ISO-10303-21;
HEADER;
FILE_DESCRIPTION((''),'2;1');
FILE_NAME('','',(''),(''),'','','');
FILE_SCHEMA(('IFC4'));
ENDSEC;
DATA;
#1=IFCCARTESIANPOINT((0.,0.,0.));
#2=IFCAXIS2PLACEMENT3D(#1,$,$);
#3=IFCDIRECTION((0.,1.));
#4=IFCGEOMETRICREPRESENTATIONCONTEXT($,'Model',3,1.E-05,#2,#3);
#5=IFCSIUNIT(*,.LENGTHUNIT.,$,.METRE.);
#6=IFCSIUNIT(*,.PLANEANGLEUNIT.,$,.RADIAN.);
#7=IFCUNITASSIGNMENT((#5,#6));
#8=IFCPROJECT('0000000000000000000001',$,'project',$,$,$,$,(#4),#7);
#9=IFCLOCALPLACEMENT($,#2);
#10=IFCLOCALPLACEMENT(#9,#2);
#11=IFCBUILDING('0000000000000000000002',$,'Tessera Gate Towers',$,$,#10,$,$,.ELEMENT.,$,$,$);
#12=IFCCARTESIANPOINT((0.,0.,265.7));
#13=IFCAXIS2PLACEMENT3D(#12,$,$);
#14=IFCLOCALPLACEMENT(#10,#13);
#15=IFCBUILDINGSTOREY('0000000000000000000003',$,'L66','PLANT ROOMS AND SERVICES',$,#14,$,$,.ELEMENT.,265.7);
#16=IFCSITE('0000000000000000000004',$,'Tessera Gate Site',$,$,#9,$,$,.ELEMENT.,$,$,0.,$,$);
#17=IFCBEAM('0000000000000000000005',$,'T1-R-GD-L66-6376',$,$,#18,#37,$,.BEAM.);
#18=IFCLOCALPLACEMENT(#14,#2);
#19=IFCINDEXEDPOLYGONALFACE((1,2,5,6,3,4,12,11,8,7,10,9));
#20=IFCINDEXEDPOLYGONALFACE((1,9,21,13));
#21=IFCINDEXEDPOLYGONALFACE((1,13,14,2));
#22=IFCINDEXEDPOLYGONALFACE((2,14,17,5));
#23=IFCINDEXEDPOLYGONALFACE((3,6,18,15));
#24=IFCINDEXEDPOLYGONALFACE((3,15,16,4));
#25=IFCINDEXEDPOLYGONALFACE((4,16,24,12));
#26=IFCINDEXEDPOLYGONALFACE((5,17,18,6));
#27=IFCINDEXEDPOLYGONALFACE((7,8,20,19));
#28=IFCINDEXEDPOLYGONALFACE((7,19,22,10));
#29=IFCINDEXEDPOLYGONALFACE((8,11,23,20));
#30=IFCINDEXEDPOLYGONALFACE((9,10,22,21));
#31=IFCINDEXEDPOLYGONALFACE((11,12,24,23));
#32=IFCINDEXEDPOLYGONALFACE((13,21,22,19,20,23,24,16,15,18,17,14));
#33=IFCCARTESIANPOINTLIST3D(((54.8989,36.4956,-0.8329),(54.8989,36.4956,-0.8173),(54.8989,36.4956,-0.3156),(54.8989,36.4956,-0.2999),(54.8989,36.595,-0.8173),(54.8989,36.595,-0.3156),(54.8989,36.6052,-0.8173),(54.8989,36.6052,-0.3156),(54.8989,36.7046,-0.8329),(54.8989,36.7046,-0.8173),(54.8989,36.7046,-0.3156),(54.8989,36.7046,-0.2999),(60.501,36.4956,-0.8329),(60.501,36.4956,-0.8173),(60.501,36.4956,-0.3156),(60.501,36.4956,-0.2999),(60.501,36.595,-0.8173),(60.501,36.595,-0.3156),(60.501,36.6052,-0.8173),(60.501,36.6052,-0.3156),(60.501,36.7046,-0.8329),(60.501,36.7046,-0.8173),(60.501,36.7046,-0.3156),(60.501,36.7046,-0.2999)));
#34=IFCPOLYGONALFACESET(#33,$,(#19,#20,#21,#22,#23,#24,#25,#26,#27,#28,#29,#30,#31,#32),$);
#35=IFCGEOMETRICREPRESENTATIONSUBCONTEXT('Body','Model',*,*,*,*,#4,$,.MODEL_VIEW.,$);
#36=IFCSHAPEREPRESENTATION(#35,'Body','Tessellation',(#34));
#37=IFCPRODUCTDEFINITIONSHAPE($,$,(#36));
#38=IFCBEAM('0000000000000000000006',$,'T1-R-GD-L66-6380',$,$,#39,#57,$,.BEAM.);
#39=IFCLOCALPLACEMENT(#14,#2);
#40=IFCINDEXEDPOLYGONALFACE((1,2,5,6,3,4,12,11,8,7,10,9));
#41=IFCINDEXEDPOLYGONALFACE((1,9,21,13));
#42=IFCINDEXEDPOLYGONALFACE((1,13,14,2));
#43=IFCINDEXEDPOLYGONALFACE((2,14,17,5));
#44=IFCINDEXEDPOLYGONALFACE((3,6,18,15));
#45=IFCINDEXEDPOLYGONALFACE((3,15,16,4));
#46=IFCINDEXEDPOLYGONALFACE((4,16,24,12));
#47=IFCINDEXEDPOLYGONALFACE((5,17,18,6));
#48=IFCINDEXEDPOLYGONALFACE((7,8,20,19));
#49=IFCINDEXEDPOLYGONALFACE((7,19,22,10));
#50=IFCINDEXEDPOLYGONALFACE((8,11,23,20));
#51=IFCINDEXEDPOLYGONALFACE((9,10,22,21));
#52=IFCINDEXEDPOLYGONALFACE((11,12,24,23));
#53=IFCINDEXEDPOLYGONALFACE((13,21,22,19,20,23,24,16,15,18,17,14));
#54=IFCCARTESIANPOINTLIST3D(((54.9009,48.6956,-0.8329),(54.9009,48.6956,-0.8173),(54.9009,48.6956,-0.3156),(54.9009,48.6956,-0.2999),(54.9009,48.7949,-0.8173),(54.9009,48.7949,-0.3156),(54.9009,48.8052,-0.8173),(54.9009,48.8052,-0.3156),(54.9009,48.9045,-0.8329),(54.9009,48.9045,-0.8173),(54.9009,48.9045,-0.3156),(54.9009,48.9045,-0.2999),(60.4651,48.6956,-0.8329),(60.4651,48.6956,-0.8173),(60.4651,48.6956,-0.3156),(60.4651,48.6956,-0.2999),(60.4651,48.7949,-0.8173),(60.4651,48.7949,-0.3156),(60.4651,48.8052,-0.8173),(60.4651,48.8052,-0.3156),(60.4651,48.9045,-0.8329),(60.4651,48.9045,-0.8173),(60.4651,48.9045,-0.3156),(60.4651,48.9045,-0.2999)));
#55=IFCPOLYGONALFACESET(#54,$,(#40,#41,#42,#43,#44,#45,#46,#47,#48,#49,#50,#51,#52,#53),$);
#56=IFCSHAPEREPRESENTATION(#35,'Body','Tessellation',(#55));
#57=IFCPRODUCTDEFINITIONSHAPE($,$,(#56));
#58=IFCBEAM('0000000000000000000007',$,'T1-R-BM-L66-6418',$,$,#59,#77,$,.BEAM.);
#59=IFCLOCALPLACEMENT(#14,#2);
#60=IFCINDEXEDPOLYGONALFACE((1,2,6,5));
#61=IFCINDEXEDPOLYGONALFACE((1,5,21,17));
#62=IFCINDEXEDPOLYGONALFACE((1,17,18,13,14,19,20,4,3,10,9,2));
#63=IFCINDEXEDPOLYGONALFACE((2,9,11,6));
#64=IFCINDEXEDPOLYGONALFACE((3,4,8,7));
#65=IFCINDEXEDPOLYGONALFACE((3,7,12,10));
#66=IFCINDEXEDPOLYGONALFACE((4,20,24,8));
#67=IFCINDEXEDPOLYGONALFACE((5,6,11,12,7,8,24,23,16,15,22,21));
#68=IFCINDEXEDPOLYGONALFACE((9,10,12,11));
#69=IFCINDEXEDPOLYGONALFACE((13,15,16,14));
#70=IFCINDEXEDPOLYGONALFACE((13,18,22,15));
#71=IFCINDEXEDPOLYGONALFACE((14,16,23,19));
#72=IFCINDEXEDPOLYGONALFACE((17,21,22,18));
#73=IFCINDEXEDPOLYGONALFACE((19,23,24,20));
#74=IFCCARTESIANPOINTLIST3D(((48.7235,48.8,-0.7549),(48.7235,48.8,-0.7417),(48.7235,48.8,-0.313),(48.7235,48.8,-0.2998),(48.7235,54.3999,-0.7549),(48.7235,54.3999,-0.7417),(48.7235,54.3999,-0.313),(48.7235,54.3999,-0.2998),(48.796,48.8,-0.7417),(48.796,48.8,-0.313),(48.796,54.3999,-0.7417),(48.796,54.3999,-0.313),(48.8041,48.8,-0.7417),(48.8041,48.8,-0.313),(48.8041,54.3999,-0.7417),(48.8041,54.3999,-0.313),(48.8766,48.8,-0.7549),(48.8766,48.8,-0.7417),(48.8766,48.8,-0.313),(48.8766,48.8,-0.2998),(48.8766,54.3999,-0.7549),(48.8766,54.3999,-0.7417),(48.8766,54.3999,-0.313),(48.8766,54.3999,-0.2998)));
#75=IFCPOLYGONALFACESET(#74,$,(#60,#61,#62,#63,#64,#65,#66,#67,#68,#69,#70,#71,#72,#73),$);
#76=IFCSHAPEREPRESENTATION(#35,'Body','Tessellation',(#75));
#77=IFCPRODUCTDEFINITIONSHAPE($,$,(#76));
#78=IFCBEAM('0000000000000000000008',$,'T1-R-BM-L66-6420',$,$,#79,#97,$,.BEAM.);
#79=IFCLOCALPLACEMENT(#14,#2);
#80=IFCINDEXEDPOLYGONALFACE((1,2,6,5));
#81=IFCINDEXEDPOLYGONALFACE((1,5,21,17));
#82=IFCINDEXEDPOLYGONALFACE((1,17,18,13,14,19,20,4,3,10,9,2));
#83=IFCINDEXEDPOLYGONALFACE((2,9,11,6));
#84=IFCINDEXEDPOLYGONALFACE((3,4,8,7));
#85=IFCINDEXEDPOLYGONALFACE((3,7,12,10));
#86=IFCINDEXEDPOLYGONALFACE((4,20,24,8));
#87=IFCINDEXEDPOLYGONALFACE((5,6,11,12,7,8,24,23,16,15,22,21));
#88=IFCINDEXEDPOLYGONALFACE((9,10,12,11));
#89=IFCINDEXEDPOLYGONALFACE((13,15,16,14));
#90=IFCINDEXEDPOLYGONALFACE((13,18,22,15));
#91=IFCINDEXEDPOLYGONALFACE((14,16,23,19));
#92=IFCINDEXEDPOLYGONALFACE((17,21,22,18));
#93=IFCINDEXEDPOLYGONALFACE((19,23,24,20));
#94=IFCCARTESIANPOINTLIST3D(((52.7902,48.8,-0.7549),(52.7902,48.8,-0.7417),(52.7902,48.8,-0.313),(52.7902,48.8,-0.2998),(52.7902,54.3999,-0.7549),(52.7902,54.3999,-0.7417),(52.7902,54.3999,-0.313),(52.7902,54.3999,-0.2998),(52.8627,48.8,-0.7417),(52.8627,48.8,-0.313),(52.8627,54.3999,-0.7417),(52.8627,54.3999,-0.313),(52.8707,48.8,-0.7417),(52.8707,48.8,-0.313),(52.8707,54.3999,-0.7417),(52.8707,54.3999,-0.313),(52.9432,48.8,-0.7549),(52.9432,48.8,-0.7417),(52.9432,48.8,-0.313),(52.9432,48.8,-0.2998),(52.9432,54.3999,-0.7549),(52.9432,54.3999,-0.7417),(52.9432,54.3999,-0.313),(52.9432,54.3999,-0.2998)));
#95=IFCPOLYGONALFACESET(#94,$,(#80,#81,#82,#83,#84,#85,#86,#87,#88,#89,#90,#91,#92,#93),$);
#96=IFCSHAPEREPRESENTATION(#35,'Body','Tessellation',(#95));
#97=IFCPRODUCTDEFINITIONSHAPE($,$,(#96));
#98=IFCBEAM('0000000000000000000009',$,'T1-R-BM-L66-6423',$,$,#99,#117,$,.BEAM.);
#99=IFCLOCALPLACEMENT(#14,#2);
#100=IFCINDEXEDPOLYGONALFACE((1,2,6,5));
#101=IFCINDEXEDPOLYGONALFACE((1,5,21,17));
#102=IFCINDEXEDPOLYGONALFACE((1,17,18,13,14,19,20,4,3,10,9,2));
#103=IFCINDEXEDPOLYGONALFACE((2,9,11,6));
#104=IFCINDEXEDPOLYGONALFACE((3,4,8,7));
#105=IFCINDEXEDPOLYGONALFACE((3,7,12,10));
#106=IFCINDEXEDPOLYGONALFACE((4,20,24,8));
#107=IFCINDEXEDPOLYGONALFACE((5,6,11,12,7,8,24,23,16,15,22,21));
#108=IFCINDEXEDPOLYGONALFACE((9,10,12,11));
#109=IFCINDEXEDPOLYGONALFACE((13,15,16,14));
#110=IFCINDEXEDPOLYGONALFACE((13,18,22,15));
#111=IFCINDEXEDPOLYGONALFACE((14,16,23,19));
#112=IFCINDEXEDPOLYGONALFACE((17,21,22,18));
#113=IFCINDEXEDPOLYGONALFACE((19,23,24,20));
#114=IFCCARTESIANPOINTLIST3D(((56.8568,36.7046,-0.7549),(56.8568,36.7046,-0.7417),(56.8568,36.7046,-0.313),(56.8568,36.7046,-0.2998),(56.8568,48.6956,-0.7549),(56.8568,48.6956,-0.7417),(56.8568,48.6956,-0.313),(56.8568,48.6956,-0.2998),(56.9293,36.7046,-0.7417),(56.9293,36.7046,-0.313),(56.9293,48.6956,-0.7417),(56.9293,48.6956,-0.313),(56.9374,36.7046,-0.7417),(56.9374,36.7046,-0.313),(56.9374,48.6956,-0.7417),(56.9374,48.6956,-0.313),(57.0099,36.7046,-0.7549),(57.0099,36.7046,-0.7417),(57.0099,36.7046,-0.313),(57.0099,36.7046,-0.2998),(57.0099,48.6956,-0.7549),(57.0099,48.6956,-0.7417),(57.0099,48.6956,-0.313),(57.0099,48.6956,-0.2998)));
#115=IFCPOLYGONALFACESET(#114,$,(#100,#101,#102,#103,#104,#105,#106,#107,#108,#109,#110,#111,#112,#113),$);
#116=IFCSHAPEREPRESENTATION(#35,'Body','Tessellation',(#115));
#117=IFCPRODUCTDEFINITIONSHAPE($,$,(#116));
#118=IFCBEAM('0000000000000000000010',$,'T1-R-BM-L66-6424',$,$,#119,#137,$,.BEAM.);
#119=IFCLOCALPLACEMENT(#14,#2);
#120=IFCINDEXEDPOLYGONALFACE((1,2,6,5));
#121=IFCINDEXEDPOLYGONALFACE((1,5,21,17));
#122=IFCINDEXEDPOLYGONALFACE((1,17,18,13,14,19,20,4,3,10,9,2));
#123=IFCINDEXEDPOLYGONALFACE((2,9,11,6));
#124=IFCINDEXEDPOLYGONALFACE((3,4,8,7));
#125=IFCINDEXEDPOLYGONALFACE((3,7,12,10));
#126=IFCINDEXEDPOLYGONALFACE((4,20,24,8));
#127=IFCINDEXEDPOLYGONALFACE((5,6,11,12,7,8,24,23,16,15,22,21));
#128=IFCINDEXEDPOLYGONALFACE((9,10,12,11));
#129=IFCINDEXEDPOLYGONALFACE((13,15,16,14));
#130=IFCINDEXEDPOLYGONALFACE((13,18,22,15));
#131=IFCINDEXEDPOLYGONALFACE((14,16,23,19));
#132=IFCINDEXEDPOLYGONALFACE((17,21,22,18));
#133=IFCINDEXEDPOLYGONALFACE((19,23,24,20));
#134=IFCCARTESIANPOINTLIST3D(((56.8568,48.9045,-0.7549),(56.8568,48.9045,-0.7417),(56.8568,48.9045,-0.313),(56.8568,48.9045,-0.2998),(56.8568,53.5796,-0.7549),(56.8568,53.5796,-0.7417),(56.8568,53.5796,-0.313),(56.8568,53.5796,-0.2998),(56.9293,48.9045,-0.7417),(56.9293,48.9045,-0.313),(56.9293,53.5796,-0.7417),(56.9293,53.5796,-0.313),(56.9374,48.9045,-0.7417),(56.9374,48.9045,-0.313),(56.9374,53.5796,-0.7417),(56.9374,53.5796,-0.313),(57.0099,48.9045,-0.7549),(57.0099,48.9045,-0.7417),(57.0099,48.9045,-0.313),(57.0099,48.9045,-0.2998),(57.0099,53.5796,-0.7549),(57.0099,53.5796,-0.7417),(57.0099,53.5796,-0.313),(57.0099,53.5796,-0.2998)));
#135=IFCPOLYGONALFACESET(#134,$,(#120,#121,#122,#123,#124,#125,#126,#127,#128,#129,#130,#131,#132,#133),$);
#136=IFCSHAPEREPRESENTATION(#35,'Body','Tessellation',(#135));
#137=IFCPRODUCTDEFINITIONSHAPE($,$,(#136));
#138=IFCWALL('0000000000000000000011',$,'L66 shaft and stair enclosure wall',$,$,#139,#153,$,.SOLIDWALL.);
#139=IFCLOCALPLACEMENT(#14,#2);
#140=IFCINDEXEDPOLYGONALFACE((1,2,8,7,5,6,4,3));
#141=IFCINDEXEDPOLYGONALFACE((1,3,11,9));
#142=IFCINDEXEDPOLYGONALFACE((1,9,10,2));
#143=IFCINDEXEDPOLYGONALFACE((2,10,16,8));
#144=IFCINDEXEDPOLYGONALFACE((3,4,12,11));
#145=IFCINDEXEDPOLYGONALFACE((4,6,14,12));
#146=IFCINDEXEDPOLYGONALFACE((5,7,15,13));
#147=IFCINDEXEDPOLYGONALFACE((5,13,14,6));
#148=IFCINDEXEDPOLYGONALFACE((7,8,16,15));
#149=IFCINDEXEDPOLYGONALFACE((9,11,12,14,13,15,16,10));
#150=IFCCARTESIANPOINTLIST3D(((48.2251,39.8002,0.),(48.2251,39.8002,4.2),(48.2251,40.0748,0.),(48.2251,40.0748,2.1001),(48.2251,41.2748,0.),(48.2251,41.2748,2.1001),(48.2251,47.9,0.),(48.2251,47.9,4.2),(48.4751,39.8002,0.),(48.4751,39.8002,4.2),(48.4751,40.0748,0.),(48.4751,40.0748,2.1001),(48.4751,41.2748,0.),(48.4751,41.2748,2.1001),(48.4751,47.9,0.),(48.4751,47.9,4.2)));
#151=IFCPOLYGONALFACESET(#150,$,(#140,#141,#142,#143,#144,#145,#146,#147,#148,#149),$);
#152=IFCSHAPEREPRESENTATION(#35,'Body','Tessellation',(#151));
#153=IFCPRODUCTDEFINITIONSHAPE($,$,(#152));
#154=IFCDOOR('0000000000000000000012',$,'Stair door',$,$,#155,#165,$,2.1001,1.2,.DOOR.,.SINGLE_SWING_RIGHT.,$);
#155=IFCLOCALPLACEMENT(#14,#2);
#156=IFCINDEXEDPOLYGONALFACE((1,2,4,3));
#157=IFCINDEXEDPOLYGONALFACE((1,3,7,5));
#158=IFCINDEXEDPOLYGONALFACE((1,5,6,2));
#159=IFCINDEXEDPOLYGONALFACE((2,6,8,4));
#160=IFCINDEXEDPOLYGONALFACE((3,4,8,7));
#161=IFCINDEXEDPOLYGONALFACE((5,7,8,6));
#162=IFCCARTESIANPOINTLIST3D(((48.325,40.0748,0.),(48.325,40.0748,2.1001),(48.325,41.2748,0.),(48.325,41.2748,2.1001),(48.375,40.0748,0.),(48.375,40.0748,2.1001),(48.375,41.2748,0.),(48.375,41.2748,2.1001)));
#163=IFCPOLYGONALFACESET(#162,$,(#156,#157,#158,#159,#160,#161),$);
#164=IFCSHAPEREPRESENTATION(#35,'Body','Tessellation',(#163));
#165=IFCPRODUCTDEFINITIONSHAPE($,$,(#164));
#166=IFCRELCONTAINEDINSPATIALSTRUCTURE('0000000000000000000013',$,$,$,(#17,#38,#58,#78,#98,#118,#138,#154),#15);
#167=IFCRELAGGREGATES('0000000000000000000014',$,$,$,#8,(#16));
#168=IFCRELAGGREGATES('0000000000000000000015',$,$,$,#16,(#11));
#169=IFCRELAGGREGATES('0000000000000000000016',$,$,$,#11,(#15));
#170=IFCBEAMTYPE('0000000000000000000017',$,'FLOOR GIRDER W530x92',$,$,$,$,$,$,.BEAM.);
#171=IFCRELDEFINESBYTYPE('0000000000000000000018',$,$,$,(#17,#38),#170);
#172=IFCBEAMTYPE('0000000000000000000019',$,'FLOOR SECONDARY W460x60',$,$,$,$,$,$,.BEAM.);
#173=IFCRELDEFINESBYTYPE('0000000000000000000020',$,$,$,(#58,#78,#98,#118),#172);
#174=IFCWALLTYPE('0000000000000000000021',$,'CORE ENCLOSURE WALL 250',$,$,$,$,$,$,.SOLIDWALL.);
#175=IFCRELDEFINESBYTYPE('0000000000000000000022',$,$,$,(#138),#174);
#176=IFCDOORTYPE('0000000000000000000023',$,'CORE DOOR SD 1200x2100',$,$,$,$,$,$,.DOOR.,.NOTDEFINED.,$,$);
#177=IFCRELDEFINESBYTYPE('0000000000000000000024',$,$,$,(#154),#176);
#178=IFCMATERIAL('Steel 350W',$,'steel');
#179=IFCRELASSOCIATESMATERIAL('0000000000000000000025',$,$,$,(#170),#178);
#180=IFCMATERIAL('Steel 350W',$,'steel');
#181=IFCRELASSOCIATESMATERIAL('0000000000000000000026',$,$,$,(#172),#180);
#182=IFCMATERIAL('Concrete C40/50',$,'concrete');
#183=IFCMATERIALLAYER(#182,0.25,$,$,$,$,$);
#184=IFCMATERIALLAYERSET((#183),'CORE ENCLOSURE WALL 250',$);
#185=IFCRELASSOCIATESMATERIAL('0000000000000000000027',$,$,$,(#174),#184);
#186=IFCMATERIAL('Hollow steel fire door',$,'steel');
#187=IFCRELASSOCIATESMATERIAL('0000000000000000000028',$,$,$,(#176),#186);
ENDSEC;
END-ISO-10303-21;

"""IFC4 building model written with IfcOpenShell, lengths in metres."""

from ifc_helpers import new_model, si_unit, direction, frame, frame_2d, origin, origin_2d, place, context, subcontext, project, spatial, rectangle, i_section, extrude, source, transform, mapped, material, layer, layer_set, material_profile, profile_set, type_object, element, fill, save


model = new_model("IFC4")

# Units and contexts
model_context = context("Model", 3, precision=1e-05, world=origin(), true_north=direction((0.0, 1.0)))
body_context = subcontext(model_context, "Body", "Model", "MODEL_VIEW")
ifc_project = project(units=[si_unit("LENGTHUNIT", "METRE"), si_unit("PLANEANGLEUNIT", "RADIAN")], contexts=[model_context])

# Site, building, storey
site_placement = place(None, origin())
site = spatial("IfcSite", under=ifc_project, at=site_placement, Name="Tessera Gate Site", CompositionType="ELEMENT", RefElevation=0.0)
building_placement = place(site_placement, origin())
building = spatial("IfcBuilding", under=site, at=building_placement, Name="Tessera Gate Towers", CompositionType="ELEMENT")
storey_placement = place(building_placement, frame((0.0, 0.0, 265.7)))
storey = spatial("IfcBuildingStorey", under=building, at=storey_placement, Name="L66", Description="PLANT ROOMS AND SERVICES", CompositionType="ELEMENT", Elevation=265.7)

# Beams
ifc_material_1 = material(Name="Steel 350W", Category="steel")
ifc_material_profile_1 = material_profile(ifc_material_1, i_section(OverallWidth=0.209, OverallDepth=0.533, WebThickness=0.0103, FlangeThickness=0.0156, at=origin_2d()), Name="W530x92")
ifc_profile_set_1 = profile_set([ifc_material_profile_1], Name="Steel 350W")
beam_type_1 = type_object("IfcBeamType", Name="FLOOR GIRDER W530x92", PredefinedType="BEAM", material=ifc_profile_set_1)
beam_1_placement = place(storey_placement, frame((54.8989, 36.6001, -0.5664), z_axis=(1.0, 0.0, 0.0), x_axis=(0.0, 1.0, 0.0)))
element("IfcBeam", 1, at=beam_1_placement, inside=storey, type_object=beam_type_1, Name="T1-R-GD-L66-6376", PredefinedType="BEAM", context=body_context, shape_type="SweptSolid", body=[
    extrude(i_section(OverallWidth=0.209, OverallDepth=0.533, WebThickness=0.0103, FlangeThickness=0.0156, at=origin_2d()), origin(), (0.0, 0.0, 1.0), 5.6021),
])
beam_2_placement = place(storey_placement, frame((54.9009, 48.8, -0.5664), z_axis=(1.0, 0.0, 0.0), x_axis=(0.0, 1.0, 0.0)))
element("IfcBeam", 2, at=beam_2_placement, inside=storey, type_object=beam_type_1, Name="T1-R-GD-L66-6380", PredefinedType="BEAM", context=body_context, shape_type="SweptSolid", body=[
    extrude(i_section(OverallWidth=0.209, OverallDepth=0.533, WebThickness=0.0103, FlangeThickness=0.0156, at=origin_2d()), origin(), (0.0, 0.0, 1.0), 5.5642),
])
ifc_material_2 = material(Name="Steel 350W", Category="steel")
ifc_material_profile_2 = material_profile(ifc_material_2, i_section(OverallWidth=0.1531, OverallDepth=0.4551, WebThickness=0.0081, FlangeThickness=0.0132, at=origin_2d()), Name="W460x60")
ifc_profile_set_2 = profile_set([ifc_material_profile_2], Name="Steel 350W")
beam_type_2 = type_object("IfcBeamType", Name="FLOOR SECONDARY W460x60", PredefinedType="BEAM", material=ifc_profile_set_2)
for number, where, z_axis, x_axis, name in (
    (3, (48.8, 48.8, -0.5273), (0.0, 1.0, 0.0), (-1.0, 0.0, 0.0), "T1-R-BM-L66-6418"),
    (4, (52.8667, 48.8, -0.5273), (0.0, 1.0, 0.0), (-1.0, 0.0, 0.0), "T1-R-BM-L66-6420"),
):
    element("IfcBeam", number, at=place(storey_placement, frame(where, z_axis=z_axis, x_axis=x_axis)), inside=storey, type_object=beam_type_2, Name=name, PredefinedType="BEAM", context=body_context, shape_type="SweptSolid", body=[
        extrude(i_section(OverallWidth=0.1531, OverallDepth=0.4551, WebThickness=0.0081, FlangeThickness=0.0132, at=origin_2d()), origin(), (0.0, 0.0, 1.0), 5.5999),
    ])
beam_3_placement = place(storey_placement, frame((56.9333, 36.7046, -0.5273), z_axis=(0.0, 1.0, 0.0), x_axis=(-1.0, 0.0, 0.0)))
element("IfcBeam", 5, at=beam_3_placement, inside=storey, type_object=beam_type_2, Name="T1-R-BM-L66-6423", PredefinedType="BEAM", context=body_context, shape_type="SweptSolid", body=[
    extrude(i_section(OverallWidth=0.1531, OverallDepth=0.4551, WebThickness=0.0081, FlangeThickness=0.0132, at=origin_2d()), origin(), (0.0, 0.0, 1.0), 11.991),
])
beam_4_placement = place(storey_placement, frame((56.9333, 48.9045, -0.5273), z_axis=(0.0, 1.0, 0.0), x_axis=(-1.0, 0.0, 0.0)))
element("IfcBeam", 6, at=beam_4_placement, inside=storey, type_object=beam_type_2, Name="T1-R-BM-L66-6424", PredefinedType="BEAM", context=body_context, shape_type="SweptSolid", body=[
    extrude(i_section(OverallWidth=0.1531, OverallDepth=0.4551, WebThickness=0.0081, FlangeThickness=0.0132, at=origin_2d()), origin(), (0.0, 0.0, 1.0), 4.675),
])

# Wall, opening, door
ifc_material_3 = material(Name="Concrete C40/50", Category="concrete")
ifc_layer_1 = layer(ifc_material_3, 0.25)
ifc_layer_set_1 = layer_set([ifc_layer_1], Name="CORE ENCLOSURE WALL 250")
wall_type_1 = type_object("IfcWallType", Name="CORE ENCLOSURE WALL 250", PredefinedType="SOLIDWALL", material=ifc_layer_set_1)
wall_1_placement = place(storey_placement, frame((48.3501, 47.8999, 0.0), z_axis=(0.0, 0.0, 1.0), x_axis=(0.0, -1.0, 0.0)))
wall_1 = element("IfcWall", 7, at=wall_1_placement, inside=storey, type_object=wall_type_1, Name="L66 shaft and stair enclosure wall", PredefinedType="SOLIDWALL", context=body_context, shape_type="SweptSolid", body=[
    extrude(rectangle(XDim=8.0999, YDim=0.25, at=frame_2d((4.0498, 0.0))), origin(), (0.0, 0.0, 1.0), 4.2),
])
shared_shape_1 = source(origin(), body_context, "Body", "SweptSolid", [
    extrude(rectangle(XDim=1.2, YDim=2.1001, at=frame_2d((0.6001, 1.05))), frame((0.0, 0.135, 0.0), z_axis=(0.0, -1.0, 0.0), x_axis=(1.0, 0.0, 0.0)), (0.0, 0.0, 1.0), 0.27),
])
opening_1_placement = place(wall_1_placement, frame((6.625, 0.0, 0.0)))
opening_1 = element("IfcOpeningElement", 8, at=opening_1_placement, cuts=wall_1, PredefinedType="OPENING", context=body_context, shape_type="MappedRepresentation", body=[
    mapped(shared_shape_1, transform((0.0, 0.0, 0.0), scale=1.0)),
])
ifc_material_4 = material(Name="Hollow steel fire door", Category="steel")
door_type_1 = type_object("IfcDoorType", Name="CORE DOOR SD 1200x2100", OperationType="NOTDEFINED", PredefinedType="DOOR", material=ifc_material_4)
shared_shape_2 = source(origin(), body_context, "Body", "SweptSolid", [
    extrude(rectangle(XDim=1.2, YDim=2.1001, at=frame_2d((0.6001, 1.05))), frame((0.0, 0.0249, 0.0), z_axis=(0.0, -1.0, 0.0), x_axis=(1.0, 0.0, 0.0)), (0.0, 0.0, 1.0), 0.05),
])
door_1_placement = place(opening_1_placement, origin())
door_1 = element("IfcDoor", 9, at=door_1_placement, inside=storey, type_object=door_type_1, Name="Stair door", OperationType="SINGLE_SWING_RIGHT", OverallHeight=2.1001, OverallWidth=1.2, PredefinedType="DOOR", context=body_context, shape_type="MappedRepresentation", body=[
    mapped(shared_shape_2, transform((0.0, 0.0, 0.0), scale=1.0)),
])
fill(opening_1, door_1)

save(model, "model.ifc")
